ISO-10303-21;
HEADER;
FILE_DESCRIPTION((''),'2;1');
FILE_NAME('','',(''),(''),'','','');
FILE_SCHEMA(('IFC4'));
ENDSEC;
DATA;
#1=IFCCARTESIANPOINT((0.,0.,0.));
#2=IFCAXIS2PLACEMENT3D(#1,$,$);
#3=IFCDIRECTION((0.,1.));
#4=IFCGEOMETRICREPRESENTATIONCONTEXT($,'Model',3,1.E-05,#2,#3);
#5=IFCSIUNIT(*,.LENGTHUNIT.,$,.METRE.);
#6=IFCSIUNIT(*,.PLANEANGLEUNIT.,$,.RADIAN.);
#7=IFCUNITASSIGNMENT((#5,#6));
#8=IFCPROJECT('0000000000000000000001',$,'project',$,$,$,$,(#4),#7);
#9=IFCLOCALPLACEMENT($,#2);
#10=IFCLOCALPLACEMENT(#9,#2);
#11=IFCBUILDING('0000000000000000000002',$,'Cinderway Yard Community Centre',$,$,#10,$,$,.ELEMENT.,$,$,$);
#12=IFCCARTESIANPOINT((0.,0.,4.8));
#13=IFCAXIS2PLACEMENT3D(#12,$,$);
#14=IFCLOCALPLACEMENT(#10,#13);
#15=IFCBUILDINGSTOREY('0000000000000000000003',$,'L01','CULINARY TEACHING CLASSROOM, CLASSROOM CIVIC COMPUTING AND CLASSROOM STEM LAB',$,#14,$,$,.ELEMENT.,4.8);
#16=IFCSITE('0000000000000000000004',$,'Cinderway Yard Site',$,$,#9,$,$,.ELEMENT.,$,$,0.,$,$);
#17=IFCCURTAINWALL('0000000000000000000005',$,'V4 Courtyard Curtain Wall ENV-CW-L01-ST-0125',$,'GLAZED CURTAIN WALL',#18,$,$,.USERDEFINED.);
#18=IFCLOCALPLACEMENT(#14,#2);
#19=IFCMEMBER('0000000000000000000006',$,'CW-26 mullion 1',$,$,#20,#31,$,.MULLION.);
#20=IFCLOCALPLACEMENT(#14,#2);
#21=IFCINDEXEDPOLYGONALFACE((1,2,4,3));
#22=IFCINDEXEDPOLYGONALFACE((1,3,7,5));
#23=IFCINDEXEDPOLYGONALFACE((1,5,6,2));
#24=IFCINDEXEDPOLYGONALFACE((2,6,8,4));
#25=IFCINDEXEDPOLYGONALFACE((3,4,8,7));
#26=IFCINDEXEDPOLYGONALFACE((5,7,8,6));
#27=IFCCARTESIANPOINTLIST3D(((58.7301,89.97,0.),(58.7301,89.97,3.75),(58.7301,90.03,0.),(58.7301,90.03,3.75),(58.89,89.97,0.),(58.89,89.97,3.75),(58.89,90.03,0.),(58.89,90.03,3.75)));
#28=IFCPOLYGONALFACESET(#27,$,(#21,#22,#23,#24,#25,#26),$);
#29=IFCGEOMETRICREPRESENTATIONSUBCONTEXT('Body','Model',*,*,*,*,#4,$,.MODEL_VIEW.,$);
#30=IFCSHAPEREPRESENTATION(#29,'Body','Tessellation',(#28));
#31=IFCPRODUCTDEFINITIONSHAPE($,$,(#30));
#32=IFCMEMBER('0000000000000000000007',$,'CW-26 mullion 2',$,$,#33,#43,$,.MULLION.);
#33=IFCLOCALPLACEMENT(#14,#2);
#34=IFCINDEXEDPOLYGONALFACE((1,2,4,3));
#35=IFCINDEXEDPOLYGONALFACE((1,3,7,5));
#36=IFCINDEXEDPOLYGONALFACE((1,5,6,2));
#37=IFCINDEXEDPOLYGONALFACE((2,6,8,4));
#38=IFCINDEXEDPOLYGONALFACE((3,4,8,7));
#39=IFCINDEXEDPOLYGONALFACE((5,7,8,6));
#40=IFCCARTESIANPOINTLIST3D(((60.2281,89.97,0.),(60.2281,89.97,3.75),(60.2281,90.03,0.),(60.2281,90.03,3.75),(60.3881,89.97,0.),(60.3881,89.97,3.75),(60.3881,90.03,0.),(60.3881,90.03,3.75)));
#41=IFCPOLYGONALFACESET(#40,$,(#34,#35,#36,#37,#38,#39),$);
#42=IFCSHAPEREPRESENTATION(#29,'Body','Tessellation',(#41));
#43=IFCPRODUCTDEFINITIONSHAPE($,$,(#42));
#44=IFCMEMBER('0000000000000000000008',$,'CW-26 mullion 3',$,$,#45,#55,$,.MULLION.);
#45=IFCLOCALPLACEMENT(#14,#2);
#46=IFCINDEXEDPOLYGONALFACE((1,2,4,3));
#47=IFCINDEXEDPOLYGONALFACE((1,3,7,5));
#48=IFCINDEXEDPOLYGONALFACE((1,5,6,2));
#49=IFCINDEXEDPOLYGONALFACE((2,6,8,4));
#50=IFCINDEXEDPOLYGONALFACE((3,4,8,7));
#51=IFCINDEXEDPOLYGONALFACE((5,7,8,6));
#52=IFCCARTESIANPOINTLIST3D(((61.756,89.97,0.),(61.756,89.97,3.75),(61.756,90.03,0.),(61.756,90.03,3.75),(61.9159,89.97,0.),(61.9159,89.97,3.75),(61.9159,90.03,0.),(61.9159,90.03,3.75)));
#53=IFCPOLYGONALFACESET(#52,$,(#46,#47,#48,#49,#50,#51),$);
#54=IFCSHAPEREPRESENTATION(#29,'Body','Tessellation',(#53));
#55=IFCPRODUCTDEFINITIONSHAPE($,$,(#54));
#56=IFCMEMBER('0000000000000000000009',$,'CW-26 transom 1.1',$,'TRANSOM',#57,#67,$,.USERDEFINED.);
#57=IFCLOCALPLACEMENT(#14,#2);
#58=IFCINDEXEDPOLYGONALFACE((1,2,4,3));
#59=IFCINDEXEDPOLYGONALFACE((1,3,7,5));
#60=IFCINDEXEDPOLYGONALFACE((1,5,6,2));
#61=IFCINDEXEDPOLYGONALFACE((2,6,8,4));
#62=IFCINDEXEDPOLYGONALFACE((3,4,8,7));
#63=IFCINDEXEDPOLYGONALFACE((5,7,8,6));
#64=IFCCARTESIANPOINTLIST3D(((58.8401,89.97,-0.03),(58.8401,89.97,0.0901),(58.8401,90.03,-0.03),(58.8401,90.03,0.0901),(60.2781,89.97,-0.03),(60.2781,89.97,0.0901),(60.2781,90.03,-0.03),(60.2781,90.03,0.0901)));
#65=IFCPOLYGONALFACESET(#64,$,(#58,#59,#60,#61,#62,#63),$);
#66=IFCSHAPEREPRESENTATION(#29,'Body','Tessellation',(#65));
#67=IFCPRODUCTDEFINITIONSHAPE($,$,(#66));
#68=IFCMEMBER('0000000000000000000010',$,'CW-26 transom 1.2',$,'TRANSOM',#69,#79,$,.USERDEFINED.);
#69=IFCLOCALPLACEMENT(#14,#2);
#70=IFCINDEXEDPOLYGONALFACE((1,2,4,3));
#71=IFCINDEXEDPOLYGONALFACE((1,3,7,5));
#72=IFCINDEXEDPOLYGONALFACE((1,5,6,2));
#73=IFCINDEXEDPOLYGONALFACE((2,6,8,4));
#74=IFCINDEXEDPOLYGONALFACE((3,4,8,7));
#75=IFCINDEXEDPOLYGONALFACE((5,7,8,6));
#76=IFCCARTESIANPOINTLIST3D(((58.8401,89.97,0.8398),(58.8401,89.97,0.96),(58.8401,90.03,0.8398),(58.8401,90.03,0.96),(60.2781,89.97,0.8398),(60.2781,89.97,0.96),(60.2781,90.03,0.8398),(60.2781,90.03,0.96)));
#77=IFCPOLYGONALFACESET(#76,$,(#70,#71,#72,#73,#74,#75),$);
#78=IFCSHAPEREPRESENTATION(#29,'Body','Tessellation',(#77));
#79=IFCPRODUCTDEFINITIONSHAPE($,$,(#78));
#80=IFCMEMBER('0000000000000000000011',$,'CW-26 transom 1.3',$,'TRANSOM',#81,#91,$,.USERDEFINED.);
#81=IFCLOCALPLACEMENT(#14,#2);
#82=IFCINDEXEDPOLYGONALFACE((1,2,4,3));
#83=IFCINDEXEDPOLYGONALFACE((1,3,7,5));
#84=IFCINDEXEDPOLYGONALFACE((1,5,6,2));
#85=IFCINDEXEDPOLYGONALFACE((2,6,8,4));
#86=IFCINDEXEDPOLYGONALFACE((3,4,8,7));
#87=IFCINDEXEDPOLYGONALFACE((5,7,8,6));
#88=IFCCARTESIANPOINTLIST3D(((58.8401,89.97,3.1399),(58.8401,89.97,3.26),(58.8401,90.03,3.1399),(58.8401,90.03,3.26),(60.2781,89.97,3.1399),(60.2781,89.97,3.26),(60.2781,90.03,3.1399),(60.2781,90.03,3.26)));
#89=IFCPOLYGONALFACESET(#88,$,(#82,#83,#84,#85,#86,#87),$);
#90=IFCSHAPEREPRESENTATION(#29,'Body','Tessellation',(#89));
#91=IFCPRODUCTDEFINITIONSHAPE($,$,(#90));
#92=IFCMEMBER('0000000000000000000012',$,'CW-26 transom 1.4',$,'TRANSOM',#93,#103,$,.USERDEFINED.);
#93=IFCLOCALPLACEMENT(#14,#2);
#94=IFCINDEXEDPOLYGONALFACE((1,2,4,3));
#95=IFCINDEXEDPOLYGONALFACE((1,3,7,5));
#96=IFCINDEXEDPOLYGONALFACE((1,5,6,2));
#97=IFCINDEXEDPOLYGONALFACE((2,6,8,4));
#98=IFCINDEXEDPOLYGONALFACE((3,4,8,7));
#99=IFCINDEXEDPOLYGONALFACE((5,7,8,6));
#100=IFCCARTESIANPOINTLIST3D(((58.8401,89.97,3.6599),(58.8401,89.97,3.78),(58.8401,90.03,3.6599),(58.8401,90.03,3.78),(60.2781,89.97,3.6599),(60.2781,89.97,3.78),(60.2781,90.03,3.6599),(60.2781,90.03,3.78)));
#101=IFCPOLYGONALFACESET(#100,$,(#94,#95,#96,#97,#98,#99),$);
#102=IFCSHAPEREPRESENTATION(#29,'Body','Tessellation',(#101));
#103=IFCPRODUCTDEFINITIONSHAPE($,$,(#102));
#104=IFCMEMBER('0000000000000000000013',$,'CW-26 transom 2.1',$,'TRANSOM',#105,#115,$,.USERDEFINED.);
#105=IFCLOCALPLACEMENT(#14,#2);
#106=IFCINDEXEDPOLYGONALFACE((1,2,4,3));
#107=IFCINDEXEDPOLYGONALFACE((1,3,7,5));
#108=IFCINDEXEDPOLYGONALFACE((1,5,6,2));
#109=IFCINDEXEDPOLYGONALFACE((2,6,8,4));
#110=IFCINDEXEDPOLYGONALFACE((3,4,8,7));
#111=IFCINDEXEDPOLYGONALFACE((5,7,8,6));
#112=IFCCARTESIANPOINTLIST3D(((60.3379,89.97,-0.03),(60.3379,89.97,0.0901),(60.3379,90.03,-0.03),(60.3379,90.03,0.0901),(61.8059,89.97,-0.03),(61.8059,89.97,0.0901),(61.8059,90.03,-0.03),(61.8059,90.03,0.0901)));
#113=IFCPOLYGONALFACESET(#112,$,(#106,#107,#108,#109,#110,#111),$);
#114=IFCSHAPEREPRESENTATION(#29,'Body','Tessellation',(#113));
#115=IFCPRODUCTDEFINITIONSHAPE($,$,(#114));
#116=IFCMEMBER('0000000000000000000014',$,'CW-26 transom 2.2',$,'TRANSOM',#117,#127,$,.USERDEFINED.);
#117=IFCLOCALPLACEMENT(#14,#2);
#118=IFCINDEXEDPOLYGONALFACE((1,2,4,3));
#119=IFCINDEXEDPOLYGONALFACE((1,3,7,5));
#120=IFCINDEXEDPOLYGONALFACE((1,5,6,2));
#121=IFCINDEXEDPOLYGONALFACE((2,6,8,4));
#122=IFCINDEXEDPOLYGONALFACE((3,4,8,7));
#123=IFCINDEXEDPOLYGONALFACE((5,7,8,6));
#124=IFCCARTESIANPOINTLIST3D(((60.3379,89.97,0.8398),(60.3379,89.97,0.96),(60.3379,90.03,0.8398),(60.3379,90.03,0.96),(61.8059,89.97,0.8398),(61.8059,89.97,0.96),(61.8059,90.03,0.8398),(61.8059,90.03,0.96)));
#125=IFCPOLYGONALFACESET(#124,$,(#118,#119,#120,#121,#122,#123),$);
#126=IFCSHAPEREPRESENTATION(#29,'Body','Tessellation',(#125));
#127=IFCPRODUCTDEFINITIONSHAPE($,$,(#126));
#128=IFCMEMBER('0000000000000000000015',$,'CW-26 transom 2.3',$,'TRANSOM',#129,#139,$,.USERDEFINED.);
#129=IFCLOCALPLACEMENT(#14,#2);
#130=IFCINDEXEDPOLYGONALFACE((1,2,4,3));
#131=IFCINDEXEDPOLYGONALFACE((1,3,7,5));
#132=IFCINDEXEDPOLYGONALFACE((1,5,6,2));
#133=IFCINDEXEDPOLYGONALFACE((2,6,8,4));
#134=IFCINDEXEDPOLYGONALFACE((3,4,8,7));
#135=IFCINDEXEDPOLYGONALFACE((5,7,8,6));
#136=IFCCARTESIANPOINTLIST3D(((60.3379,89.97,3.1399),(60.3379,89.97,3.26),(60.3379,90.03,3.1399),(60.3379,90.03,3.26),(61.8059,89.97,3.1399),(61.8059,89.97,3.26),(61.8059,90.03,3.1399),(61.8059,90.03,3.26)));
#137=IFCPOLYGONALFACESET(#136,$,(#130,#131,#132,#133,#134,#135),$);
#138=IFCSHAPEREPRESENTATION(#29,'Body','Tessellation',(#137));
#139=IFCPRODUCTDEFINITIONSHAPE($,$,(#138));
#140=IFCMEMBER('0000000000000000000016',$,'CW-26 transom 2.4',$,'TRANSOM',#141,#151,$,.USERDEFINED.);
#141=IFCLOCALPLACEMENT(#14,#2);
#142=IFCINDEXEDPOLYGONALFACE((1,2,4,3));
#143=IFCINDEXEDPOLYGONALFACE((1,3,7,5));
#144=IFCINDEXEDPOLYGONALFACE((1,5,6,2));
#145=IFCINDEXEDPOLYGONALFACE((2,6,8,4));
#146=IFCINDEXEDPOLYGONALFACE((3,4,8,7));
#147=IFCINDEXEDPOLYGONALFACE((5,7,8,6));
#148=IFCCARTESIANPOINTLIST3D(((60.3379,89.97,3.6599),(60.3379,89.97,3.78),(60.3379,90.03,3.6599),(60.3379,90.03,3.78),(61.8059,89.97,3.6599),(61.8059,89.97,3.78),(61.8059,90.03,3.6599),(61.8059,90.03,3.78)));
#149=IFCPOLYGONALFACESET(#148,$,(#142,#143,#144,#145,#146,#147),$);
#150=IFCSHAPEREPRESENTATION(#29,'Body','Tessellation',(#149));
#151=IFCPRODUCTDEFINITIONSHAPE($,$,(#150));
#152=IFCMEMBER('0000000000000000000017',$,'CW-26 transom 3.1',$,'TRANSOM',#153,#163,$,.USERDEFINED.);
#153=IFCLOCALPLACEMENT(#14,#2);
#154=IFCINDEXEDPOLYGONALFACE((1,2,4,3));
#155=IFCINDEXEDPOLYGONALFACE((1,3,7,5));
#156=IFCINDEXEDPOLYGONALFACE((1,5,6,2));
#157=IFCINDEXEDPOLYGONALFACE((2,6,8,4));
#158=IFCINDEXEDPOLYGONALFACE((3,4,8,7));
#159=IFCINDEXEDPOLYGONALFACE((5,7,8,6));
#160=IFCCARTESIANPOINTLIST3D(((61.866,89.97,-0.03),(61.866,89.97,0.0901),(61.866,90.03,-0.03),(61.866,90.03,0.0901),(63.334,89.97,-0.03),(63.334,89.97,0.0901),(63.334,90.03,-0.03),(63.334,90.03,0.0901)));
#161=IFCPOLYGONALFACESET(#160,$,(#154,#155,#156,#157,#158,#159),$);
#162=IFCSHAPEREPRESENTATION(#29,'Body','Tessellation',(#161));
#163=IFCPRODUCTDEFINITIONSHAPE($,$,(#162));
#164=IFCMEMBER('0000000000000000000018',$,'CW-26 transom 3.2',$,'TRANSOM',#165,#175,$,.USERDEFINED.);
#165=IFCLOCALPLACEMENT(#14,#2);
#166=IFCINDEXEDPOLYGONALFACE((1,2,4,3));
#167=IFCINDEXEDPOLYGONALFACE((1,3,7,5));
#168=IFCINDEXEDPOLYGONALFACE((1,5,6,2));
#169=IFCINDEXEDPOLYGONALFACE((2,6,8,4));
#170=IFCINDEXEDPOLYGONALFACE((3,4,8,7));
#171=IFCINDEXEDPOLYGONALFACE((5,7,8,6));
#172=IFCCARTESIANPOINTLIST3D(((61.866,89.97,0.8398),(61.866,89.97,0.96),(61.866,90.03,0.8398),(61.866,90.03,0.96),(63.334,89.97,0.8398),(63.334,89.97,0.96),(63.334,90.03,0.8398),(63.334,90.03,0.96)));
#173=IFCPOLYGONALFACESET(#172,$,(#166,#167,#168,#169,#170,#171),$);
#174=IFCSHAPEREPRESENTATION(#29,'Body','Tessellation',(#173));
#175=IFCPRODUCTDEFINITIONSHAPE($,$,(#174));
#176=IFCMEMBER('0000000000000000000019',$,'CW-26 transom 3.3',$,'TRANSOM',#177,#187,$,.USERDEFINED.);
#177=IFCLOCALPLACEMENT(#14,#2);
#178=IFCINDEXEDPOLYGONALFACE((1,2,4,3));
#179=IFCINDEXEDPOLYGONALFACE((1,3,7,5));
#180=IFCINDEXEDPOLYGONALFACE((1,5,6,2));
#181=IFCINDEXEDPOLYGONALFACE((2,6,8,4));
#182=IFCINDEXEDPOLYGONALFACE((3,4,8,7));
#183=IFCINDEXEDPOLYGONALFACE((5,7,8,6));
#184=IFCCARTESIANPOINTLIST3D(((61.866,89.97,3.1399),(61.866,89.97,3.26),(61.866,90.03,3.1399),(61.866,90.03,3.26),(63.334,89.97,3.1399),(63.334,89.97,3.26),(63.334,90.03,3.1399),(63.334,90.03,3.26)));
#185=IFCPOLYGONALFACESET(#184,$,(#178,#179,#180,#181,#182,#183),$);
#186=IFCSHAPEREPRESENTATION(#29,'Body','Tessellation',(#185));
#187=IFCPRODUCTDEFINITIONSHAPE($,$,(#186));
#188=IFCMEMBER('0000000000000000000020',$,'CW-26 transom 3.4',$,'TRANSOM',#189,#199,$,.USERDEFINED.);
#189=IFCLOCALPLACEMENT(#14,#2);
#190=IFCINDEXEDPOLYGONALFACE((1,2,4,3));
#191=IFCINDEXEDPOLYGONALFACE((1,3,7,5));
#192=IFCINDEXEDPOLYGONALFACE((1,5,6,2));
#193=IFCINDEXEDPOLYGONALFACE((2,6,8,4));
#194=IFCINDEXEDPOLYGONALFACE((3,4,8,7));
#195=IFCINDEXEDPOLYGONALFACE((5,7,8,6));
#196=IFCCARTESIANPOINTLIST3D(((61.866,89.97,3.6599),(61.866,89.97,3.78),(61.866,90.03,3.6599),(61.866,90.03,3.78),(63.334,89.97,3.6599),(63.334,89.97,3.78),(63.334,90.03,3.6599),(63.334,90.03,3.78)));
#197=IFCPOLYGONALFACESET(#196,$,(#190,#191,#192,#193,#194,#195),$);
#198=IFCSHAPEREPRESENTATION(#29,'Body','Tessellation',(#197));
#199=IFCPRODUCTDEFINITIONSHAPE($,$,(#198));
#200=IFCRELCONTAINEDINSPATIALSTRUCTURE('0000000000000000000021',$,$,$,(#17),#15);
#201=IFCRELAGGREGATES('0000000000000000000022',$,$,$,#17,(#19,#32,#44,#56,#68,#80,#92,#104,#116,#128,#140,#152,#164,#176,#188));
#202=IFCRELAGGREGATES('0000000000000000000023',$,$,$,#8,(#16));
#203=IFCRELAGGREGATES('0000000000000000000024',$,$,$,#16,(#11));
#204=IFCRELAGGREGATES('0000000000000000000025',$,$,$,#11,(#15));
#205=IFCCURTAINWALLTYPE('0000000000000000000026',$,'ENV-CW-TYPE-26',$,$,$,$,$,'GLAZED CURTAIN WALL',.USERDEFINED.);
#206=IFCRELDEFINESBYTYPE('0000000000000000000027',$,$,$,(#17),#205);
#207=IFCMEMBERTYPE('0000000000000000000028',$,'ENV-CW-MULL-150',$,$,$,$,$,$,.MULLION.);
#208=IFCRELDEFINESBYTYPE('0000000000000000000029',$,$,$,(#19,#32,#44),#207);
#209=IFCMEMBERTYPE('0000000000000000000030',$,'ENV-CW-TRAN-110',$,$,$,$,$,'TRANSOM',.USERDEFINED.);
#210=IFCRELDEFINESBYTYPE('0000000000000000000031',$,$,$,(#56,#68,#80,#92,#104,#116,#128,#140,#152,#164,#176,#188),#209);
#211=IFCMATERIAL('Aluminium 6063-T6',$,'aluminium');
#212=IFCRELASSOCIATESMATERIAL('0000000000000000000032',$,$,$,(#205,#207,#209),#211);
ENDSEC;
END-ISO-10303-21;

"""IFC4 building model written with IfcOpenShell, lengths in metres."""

from ifc_helpers import new_model, si_unit, direction, frame, origin, origin_2d, place, context, subcontext, project, spatial, rectangle, extrude, material, material_profile, profile_set, type_object, element, aggregate, save


model = new_model("IFC4")

# Units and contexts
model_context = context("Model", 3, precision=1e-05, world=origin(), true_north=direction((0.0, 1.0)))
body_context = subcontext(model_context, "Body", "Model", "MODEL_VIEW")
ifc_project = project(units=[si_unit("LENGTHUNIT", "METRE"), si_unit("PLANEANGLEUNIT", "RADIAN")], contexts=[model_context])

# Site, building, storey
site_placement = place(None, origin())
site = spatial("IfcSite", under=ifc_project, at=site_placement, Name="Cinderway Yard Site", CompositionType="ELEMENT", RefElevation=0.0)
building_placement = place(site_placement, origin())
building = spatial("IfcBuilding", under=site, at=building_placement, Name="Cinderway Yard Community Centre", CompositionType="ELEMENT")
storey_placement = place(building_placement, frame((0.0, 0.0, 4.8)))
storey = spatial("IfcBuildingStorey", under=building, at=storey_placement, Name="L01", Description="CULINARY TEACHING CLASSROOM, CLASSROOM CIVIC COMPUTING AND CLASSROOM STEM LAB", CompositionType="ELEMENT", Elevation=4.8)

# Curtain wall, members
ifc_material_1 = material(Name="Aluminium 6063-T6", Category="aluminium")
curtain_wall_type = type_object("IfcCurtainWallType", Name="ENV-CW-TYPE-26", ElementType="GLAZED CURTAIN WALL", PredefinedType="USERDEFINED", material=ifc_material_1)
curtain_wall_placement = place(storey_placement, origin())
curtain_wall = element("IfcCurtainWall", 1, at=curtain_wall_placement, inside=storey, type_object=curtain_wall_type, Name="V4 Courtyard Curtain Wall ENV-CW-L01-ST-0125", ObjectType="GLAZED CURTAIN WALL", PredefinedType="USERDEFINED")
ifc_material_profile_1 = material_profile(ifc_material_1, rectangle(XDim=0.0601, YDim=0.1599, at=origin_2d()), Name="Aluminium 6063-T6")
ifc_profile_set_1 = profile_set([ifc_material_profile_1], Name="Aluminium 6063-T6")
member_type_1 = type_object("IfcMemberType", Name="ENV-CW-MULL-150", PredefinedType="MULLION", material=ifc_profile_set_1)
member_1_placement = place(storey_placement, frame((58.8101, 90.0, 0.0), z_axis=(0.0, 0.0, 1.0), x_axis=(0.0, 1.0, 0.0)))
member_1 = element("IfcMember", 2, at=member_1_placement, type_object=member_type_1, Name="CW-26 mullion 1", PredefinedType="MULLION", context=body_context, shape_type="SweptSolid", body=[
    extrude(rectangle(XDim=0.0601, YDim=0.1599, at=origin_2d()), origin(), (0.0, 0.0, 1.0), 3.75),
])
member_2_placement = place(storey_placement, frame((60.3081, 90.0, 0.0), z_axis=(0.0, 0.0, 1.0), x_axis=(0.0, 1.0, 0.0)))
member_2 = element("IfcMember", 3, at=member_2_placement, type_object=member_type_1, Name="CW-26 mullion 2", PredefinedType="MULLION", context=body_context, shape_type="SweptSolid", body=[
    extrude(rectangle(XDim=0.0601, YDim=0.1599, at=origin_2d()), origin(), (0.0, 0.0, 1.0), 3.75),
])
member_3_placement = place(storey_placement, frame((61.8359, 90.0, 0.0), z_axis=(0.0, 0.0, 1.0), x_axis=(0.0, 1.0, 0.0)))
member_3 = element("IfcMember", 4, at=member_3_placement, type_object=member_type_1, Name="CW-26 mullion 3", PredefinedType="MULLION", context=body_context, shape_type="SweptSolid", body=[
    extrude(rectangle(XDim=0.0601, YDim=0.1599, at=origin_2d()), origin(), (0.0, 0.0, 1.0), 3.75),
])
ifc_material_profile_2 = material_profile(ifc_material_1, rectangle(XDim=0.0601, YDim=0.1201, at=origin_2d()), Name="Aluminium 6063-T6")
ifc_profile_set_2 = profile_set([ifc_material_profile_2], Name="Aluminium 6063-T6")
member_type_2 = type_object("IfcMemberType", Name="ENV-CW-TRAN-110", ElementType="TRANSOM", PredefinedType="USERDEFINED", material=ifc_profile_set_2)
member_4_placement = place(storey_placement, frame((58.8401, 90.0, 0.03), z_axis=(1.0, 0.0, 0.0), x_axis=(0.0, 1.0, 0.0)))
member_4 = element("IfcMember", 5, at=member_4_placement, type_object=member_type_2, Name="CW-26 transom 1.1", ObjectType="TRANSOM", PredefinedType="USERDEFINED", context=body_context, shape_type="SweptSolid", body=[
    extrude(rectangle(XDim=0.0601, YDim=0.1201, at=origin_2d()), origin(), (0.0, 0.0, 1.0), 1.438),
])
member_5_placement = place(storey_placement, frame((58.8401, 90.0, 0.8999), z_axis=(1.0, 0.0, 0.0), x_axis=(0.0, 1.0, 0.0)))
member_5 = element("IfcMember", 6, at=member_5_placement, type_object=member_type_2, Name="CW-26 transom 1.2", ObjectType="TRANSOM", PredefinedType="USERDEFINED", context=body_context, shape_type="SweptSolid", body=[
    extrude(rectangle(XDim=0.0601, YDim=0.1201, at=origin_2d()), origin(), (0.0, 0.0, 1.0), 1.438),
])
member_6_placement = place(storey_placement, frame((58.8401, 90.0, 3.2), z_axis=(1.0, 0.0, 0.0), x_axis=(0.0, 1.0, 0.0)))
member_6 = element("IfcMember", 7, at=member_6_placement, type_object=member_type_2, Name="CW-26 transom 1.3", ObjectType="TRANSOM", PredefinedType="USERDEFINED", context=body_context, shape_type="SweptSolid", body=[
    extrude(rectangle(XDim=0.0601, YDim=0.1201, at=origin_2d()), origin(), (0.0, 0.0, 1.0), 1.438),
])
member_7_placement = place(storey_placement, frame((58.8401, 90.0, 3.72), z_axis=(1.0, 0.0, 0.0), x_axis=(0.0, 1.0, 0.0)))
member_7 = element("IfcMember", 8, at=member_7_placement, type_object=member_type_2, Name="CW-26 transom 1.4", ObjectType="TRANSOM", PredefinedType="USERDEFINED", context=body_context, shape_type="SweptSolid", body=[
    extrude(rectangle(XDim=0.0601, YDim=0.1201, at=origin_2d()), origin(), (0.0, 0.0, 1.0), 1.438),
])
member_8_placement = place(storey_placement, frame((60.3379, 90.0, 0.03), z_axis=(1.0, 0.0, 0.0), x_axis=(0.0, 1.0, 0.0)))
member_8 = element("IfcMember", 9, at=member_8_placement, type_object=member_type_2, Name="CW-26 transom 2.1", ObjectType="TRANSOM", PredefinedType="USERDEFINED", context=body_context, shape_type="SweptSolid", body=[
    extrude(rectangle(XDim=0.0601, YDim=0.1201, at=origin_2d()), origin(), (0.0, 0.0, 1.0), 1.468),
])
member_9_placement = place(storey_placement, frame((60.3379, 90.0, 0.8999), z_axis=(1.0, 0.0, 0.0), x_axis=(0.0, 1.0, 0.0)))
member_9 = element("IfcMember", 10, at=member_9_placement, type_object=member_type_2, Name="CW-26 transom 2.2", ObjectType="TRANSOM", PredefinedType="USERDEFINED", context=body_context, shape_type="SweptSolid", body=[
    extrude(rectangle(XDim=0.0601, YDim=0.1201, at=origin_2d()), origin(), (0.0, 0.0, 1.0), 1.468),
])
member_10_placement = place(storey_placement, frame((60.3379, 90.0, 3.2), z_axis=(1.0, 0.0, 0.0), x_axis=(0.0, 1.0, 0.0)))
member_10 = element("IfcMember", 11, at=member_10_placement, type_object=member_type_2, Name="CW-26 transom 2.3", ObjectType="TRANSOM", PredefinedType="USERDEFINED", context=body_context, shape_type="SweptSolid", body=[
    extrude(rectangle(XDim=0.0601, YDim=0.1201, at=origin_2d()), origin(), (0.0, 0.0, 1.0), 1.468),
])
member_11_placement = place(storey_placement, frame((60.3379, 90.0, 3.72), z_axis=(1.0, 0.0, 0.0), x_axis=(0.0, 1.0, 0.0)))
member_11 = element("IfcMember", 12, at=member_11_placement, type_object=member_type_2, Name="CW-26 transom 2.4", ObjectType="TRANSOM", PredefinedType="USERDEFINED", context=body_context, shape_type="SweptSolid", body=[
    extrude(rectangle(XDim=0.0601, YDim=0.1201, at=origin_2d()), origin(), (0.0, 0.0, 1.0), 1.468),
])
member_12_placement = place(storey_placement, frame((61.866, 90.0, 0.03), z_axis=(1.0, 0.0, 0.0), x_axis=(0.0, 1.0, 0.0)))
member_12 = element("IfcMember", 13, at=member_12_placement, type_object=member_type_2, Name="CW-26 transom 3.1", ObjectType="TRANSOM", PredefinedType="USERDEFINED", context=body_context, shape_type="SweptSolid", body=[
    extrude(rectangle(XDim=0.0601, YDim=0.1201, at=origin_2d()), origin(), (0.0, 0.0, 1.0), 1.468),
])
member_13_placement = place(storey_placement, frame((61.866, 90.0, 0.8999), z_axis=(1.0, 0.0, 0.0), x_axis=(0.0, 1.0, 0.0)))
member_13 = element("IfcMember", 14, at=member_13_placement, type_object=member_type_2, Name="CW-26 transom 3.2", ObjectType="TRANSOM", PredefinedType="USERDEFINED", context=body_context, shape_type="SweptSolid", body=[
    extrude(rectangle(XDim=0.0601, YDim=0.1201, at=origin_2d()), origin(), (0.0, 0.0, 1.0), 1.468),
])
member_14_placement = place(storey_placement, frame((61.866, 90.0, 3.2), z_axis=(1.0, 0.0, 0.0), x_axis=(0.0, 1.0, 0.0)))
member_14 = element("IfcMember", 15, at=member_14_placement, type_object=member_type_2, Name="CW-26 transom 3.3", ObjectType="TRANSOM", PredefinedType="USERDEFINED", context=body_context, shape_type="SweptSolid", body=[
    extrude(rectangle(XDim=0.0601, YDim=0.1201, at=origin_2d()), origin(), (0.0, 0.0, 1.0), 1.468),
])
member_15_placement = place(storey_placement, frame((61.866, 90.0, 3.72), z_axis=(1.0, 0.0, 0.0), x_axis=(0.0, 1.0, 0.0)))
member_15 = element("IfcMember", 16, at=member_15_placement, type_object=member_type_2, Name="CW-26 transom 3.4", ObjectType="TRANSOM", PredefinedType="USERDEFINED", context=body_context, shape_type="SweptSolid", body=[
    extrude(rectangle(XDim=0.0601, YDim=0.1201, at=origin_2d()), origin(), (0.0, 0.0, 1.0), 1.468),
])

aggregate(curtain_wall, [member_1, member_2, member_3, member_4, member_5, member_6, member_7, member_8, member_9, member_10, member_11, member_12, member_13, member_14, member_15])

save(model, "model.ifc")
